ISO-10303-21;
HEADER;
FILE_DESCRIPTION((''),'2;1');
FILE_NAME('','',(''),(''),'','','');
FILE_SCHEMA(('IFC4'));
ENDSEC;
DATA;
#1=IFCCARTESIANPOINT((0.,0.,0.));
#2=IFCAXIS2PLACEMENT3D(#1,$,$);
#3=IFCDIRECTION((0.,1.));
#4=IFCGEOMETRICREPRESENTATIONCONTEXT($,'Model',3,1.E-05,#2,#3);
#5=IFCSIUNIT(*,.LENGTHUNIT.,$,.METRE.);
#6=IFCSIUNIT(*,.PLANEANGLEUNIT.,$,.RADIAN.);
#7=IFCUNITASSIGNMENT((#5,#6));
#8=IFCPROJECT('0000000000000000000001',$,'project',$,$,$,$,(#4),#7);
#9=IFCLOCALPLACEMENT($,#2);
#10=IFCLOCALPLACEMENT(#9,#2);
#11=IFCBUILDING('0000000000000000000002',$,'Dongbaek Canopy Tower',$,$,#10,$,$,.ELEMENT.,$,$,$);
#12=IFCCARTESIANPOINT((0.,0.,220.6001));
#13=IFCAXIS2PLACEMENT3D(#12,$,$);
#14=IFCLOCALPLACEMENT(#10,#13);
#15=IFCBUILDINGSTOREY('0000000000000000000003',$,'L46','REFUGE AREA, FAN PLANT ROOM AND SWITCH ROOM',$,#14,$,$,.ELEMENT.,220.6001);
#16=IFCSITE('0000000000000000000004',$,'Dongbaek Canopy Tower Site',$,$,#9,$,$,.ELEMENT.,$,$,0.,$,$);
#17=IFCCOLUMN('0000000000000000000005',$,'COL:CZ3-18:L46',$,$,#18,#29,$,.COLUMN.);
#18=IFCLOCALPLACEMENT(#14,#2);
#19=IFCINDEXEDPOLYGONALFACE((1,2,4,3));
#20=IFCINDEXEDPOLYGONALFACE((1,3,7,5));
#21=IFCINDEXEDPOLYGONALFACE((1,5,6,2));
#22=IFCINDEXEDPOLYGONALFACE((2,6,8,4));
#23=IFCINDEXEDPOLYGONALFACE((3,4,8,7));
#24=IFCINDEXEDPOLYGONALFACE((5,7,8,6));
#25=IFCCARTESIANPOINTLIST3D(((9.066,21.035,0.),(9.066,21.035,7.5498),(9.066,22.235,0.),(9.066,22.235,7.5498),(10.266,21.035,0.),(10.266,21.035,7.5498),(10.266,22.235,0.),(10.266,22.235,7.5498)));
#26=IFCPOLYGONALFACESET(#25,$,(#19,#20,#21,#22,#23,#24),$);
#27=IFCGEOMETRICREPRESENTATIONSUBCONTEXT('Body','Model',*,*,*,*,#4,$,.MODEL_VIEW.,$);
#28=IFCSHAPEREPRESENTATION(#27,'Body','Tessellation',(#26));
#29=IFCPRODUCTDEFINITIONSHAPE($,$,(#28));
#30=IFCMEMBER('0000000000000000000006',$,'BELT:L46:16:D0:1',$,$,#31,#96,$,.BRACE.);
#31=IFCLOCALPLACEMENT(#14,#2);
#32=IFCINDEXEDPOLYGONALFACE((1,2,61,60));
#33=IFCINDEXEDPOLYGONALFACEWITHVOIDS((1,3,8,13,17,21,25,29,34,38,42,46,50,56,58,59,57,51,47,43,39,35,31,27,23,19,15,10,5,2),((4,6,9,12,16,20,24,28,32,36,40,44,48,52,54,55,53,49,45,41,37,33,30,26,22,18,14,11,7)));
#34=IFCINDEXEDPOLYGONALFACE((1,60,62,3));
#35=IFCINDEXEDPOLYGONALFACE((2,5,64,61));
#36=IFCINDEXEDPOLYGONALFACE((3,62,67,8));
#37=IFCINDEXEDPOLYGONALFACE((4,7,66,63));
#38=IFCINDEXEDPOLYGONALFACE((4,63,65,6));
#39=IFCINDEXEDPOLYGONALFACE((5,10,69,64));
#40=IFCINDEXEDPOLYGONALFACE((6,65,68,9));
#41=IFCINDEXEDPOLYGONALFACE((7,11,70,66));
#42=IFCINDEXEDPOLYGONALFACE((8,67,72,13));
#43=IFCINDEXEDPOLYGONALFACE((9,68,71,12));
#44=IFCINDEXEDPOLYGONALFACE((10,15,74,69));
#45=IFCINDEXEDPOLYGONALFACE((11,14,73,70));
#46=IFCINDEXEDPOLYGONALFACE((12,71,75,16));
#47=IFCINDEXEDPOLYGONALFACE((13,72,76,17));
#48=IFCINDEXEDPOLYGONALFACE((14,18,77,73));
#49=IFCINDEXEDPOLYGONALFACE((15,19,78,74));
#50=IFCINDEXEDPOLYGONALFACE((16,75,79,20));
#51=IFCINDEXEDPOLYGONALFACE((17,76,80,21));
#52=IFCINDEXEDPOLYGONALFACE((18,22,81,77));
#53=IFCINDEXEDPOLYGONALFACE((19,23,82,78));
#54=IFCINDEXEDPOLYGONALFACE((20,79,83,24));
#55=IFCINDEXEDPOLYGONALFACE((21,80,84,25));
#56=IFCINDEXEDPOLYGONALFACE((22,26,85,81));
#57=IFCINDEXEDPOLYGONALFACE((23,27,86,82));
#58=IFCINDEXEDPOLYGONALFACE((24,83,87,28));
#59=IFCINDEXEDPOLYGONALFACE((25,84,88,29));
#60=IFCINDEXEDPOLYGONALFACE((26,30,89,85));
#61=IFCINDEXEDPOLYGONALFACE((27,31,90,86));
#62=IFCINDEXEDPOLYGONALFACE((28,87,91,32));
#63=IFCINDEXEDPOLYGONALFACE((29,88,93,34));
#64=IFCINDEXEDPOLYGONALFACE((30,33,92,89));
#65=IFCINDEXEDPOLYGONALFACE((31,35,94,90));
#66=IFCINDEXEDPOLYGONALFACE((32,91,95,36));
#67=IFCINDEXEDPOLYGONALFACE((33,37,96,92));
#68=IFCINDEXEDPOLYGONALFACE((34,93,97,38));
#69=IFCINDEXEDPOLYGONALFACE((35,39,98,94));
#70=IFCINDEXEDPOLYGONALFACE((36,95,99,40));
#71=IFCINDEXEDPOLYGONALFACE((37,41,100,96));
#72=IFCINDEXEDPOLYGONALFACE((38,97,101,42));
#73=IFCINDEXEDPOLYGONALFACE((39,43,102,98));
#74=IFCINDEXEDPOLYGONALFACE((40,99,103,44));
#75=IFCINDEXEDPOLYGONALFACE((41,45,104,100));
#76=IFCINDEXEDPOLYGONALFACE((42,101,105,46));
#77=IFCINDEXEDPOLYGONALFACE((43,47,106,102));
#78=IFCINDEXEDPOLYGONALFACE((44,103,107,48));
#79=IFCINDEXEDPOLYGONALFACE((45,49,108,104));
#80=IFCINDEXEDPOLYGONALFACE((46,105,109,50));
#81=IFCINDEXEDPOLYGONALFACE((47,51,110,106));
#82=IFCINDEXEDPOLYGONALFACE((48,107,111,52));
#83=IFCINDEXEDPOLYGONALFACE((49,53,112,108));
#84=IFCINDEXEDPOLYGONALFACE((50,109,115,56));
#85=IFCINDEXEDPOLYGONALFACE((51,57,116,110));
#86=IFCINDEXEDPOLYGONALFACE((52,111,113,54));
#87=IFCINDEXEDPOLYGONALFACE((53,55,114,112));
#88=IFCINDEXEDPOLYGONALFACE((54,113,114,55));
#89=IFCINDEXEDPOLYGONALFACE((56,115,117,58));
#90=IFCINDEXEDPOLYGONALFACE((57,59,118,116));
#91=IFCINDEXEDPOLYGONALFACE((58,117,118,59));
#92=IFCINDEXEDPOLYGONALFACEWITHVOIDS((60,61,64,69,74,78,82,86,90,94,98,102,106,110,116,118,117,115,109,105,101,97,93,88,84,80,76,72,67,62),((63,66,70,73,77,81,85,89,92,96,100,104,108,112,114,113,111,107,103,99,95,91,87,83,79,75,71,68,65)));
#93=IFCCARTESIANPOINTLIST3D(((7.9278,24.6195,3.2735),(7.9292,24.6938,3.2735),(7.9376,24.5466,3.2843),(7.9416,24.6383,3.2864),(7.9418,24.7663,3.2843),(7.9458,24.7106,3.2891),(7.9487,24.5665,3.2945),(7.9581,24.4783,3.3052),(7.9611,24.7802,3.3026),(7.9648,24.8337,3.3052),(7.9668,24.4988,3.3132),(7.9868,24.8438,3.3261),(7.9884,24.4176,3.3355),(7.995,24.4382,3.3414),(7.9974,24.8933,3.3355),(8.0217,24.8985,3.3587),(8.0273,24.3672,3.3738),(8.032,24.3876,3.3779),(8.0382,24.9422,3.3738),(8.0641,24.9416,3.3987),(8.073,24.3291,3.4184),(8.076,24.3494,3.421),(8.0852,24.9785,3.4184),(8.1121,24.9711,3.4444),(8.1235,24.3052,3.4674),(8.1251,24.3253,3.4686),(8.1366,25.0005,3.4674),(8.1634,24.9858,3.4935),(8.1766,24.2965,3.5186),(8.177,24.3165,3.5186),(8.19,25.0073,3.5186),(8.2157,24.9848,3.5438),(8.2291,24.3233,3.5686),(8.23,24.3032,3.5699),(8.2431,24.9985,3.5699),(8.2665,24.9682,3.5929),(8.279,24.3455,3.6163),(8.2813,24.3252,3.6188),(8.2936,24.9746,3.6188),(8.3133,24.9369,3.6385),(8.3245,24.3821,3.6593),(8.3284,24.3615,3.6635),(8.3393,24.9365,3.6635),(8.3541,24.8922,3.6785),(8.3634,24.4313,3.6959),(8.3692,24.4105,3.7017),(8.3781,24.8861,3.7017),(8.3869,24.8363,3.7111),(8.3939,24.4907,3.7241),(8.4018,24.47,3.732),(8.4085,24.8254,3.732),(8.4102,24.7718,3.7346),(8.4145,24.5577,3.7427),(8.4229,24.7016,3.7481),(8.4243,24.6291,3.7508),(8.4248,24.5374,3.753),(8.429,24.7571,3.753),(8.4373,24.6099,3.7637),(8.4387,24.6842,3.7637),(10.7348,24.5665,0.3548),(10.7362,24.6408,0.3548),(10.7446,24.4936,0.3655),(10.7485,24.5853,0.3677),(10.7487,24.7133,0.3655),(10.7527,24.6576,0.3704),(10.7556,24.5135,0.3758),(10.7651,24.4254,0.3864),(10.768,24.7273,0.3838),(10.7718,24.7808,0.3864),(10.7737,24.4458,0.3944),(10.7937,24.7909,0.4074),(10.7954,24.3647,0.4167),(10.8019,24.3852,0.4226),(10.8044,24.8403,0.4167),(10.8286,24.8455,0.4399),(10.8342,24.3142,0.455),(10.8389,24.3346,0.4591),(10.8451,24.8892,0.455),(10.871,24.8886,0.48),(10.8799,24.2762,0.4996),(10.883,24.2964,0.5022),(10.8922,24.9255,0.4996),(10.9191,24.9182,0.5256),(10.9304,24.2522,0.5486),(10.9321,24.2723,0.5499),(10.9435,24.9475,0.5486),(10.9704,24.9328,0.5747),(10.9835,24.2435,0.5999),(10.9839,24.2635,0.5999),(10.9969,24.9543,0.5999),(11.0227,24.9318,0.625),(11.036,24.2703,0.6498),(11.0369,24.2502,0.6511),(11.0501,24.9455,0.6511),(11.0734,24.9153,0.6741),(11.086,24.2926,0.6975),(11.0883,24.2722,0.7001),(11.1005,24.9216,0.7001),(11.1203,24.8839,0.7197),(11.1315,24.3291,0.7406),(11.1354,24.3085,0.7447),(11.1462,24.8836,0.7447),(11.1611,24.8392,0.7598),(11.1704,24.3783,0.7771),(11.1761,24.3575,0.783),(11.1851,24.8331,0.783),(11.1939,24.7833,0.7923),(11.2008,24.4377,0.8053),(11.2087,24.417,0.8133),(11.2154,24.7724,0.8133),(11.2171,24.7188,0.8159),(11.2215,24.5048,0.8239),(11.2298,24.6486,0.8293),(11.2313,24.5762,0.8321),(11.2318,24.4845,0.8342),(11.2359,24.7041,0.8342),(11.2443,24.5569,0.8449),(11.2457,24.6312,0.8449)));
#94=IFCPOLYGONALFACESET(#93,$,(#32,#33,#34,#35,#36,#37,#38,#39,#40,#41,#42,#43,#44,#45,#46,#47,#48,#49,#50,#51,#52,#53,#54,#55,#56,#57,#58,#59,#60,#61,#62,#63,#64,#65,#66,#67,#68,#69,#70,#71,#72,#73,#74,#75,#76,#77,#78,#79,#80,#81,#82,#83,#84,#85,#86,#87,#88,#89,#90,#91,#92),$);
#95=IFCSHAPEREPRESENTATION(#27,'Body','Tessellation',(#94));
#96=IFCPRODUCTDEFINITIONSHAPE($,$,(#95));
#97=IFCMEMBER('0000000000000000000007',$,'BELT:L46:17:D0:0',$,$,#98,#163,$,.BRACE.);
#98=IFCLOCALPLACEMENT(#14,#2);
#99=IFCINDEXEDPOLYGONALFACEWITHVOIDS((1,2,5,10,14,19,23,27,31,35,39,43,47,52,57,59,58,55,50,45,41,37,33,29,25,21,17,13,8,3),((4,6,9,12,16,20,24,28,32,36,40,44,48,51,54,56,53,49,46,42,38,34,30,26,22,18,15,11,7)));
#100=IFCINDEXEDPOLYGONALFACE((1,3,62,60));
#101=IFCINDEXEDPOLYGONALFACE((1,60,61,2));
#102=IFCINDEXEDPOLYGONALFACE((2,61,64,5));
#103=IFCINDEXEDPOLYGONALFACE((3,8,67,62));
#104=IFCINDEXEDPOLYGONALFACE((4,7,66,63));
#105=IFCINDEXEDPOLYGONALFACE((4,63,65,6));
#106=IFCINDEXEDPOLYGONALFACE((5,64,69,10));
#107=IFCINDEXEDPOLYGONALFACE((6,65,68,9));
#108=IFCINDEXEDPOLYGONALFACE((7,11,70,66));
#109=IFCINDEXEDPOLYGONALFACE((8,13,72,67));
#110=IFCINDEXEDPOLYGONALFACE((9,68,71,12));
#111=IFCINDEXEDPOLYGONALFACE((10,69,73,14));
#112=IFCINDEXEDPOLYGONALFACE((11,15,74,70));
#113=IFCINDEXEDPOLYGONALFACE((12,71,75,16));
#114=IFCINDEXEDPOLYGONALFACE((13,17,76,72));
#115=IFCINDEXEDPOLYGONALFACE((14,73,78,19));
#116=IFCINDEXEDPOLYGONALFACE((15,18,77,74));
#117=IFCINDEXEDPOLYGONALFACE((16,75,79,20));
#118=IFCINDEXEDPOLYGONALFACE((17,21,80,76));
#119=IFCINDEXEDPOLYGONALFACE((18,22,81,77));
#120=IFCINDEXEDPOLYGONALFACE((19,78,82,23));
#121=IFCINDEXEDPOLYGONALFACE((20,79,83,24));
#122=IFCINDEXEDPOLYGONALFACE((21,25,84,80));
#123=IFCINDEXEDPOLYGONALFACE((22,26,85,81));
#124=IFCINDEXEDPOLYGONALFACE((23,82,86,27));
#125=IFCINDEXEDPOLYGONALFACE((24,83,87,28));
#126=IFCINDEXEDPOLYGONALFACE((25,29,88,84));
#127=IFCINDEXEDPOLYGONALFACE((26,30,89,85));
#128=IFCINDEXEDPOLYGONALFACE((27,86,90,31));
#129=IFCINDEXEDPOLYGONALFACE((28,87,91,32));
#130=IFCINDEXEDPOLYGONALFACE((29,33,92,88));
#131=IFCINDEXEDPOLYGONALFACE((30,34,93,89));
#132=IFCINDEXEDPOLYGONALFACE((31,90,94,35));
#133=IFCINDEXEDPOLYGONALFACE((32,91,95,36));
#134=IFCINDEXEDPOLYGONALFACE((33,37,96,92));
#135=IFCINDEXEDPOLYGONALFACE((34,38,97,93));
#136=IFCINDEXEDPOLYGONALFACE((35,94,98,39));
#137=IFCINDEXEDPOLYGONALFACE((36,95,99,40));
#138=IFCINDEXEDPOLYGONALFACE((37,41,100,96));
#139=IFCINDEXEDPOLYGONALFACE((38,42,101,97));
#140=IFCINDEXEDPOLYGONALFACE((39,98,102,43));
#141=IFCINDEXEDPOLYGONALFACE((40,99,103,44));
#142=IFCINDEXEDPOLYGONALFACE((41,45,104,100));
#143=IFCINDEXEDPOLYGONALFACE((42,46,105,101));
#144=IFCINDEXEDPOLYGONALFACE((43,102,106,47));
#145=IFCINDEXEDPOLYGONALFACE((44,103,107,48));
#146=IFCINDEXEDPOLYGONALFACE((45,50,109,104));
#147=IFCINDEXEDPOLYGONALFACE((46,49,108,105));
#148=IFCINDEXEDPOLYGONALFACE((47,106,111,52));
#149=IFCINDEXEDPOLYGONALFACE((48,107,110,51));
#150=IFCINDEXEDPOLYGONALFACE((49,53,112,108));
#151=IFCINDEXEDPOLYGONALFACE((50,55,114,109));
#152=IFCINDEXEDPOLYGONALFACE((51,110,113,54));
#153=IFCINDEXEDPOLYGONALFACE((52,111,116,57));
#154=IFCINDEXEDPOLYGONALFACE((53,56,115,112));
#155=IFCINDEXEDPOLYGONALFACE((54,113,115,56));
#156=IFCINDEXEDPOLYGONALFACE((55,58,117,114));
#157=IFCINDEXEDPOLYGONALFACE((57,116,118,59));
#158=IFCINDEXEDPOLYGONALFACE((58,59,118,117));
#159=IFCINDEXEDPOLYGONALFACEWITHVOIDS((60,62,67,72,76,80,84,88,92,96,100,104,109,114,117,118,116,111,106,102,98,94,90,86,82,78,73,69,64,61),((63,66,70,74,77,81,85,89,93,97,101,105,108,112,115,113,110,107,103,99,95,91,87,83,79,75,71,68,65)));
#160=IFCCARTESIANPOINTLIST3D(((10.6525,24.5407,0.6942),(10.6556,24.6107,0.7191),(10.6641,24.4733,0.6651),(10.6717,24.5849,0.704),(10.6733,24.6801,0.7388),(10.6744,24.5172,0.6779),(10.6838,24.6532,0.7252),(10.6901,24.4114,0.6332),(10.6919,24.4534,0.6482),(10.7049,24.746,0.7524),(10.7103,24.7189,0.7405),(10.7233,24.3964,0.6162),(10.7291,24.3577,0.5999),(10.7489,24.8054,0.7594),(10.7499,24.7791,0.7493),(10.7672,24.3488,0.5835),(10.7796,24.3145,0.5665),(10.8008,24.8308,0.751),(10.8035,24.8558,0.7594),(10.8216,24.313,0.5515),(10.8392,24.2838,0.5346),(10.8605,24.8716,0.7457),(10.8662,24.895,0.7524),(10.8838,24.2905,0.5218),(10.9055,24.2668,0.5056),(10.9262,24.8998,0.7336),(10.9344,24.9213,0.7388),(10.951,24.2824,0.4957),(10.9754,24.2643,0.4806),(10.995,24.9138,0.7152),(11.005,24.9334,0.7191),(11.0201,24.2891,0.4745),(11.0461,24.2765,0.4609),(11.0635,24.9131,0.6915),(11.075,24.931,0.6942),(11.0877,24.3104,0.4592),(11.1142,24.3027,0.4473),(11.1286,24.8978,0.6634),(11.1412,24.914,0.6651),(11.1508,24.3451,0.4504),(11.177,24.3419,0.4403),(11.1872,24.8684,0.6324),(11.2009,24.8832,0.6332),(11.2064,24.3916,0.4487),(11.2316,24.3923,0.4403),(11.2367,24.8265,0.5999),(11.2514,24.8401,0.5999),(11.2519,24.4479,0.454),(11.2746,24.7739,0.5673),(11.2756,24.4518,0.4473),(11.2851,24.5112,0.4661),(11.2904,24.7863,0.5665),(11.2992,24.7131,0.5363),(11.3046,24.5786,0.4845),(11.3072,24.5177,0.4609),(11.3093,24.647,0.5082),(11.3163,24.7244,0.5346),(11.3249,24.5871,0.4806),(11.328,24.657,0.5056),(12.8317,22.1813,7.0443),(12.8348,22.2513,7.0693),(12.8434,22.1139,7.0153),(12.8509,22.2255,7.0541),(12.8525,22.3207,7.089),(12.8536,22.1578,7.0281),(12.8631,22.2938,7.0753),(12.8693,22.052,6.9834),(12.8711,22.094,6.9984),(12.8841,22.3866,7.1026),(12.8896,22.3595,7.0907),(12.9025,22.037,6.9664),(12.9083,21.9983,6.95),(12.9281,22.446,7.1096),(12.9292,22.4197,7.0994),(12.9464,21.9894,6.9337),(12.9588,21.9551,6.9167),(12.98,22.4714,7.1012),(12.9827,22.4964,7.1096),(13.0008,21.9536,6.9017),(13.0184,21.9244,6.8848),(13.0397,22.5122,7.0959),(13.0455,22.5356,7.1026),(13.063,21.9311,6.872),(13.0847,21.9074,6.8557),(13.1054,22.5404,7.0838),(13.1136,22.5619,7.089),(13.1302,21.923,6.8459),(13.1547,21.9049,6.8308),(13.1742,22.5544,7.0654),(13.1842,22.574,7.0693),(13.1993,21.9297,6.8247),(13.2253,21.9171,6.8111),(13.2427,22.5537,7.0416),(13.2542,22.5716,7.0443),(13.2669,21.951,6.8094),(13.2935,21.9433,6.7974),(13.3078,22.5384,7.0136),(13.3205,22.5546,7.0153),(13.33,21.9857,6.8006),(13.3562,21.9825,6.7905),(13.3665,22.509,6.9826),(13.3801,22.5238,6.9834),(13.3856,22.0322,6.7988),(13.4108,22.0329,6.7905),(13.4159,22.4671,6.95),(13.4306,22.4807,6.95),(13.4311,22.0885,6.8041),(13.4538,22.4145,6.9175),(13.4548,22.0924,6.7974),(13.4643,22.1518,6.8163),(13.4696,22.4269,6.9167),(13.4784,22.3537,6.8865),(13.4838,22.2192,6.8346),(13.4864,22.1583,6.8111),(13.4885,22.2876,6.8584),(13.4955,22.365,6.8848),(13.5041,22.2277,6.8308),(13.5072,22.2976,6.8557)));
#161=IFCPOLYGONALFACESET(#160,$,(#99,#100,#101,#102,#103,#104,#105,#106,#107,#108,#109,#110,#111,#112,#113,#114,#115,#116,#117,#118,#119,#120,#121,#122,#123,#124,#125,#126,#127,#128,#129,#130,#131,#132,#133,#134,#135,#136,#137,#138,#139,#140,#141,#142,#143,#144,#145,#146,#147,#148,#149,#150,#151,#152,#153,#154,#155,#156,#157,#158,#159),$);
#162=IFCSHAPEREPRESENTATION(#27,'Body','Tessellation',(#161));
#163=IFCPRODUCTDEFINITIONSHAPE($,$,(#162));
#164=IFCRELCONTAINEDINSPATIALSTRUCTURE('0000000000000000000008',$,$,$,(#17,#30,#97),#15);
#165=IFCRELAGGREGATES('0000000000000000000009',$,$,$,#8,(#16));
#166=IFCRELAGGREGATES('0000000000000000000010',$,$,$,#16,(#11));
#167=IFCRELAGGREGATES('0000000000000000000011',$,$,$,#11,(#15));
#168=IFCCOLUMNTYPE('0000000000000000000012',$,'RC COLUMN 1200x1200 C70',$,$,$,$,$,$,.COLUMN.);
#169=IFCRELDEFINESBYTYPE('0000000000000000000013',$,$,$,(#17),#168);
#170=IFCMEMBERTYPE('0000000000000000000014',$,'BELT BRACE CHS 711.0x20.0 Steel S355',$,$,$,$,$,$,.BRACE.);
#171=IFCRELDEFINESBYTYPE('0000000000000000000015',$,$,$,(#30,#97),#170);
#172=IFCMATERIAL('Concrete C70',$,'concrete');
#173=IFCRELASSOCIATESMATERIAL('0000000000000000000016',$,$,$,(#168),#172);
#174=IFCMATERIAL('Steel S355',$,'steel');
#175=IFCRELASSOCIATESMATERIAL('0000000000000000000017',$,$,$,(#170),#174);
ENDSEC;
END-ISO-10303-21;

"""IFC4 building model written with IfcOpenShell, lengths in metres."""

from ifc_helpers import new_model, si_unit, direction, frame, origin, origin_2d, place, context, subcontext, project, spatial, rectangle, hollow_circle, extrude, material, material_profile, profile_set, type_object, element, save


model = new_model("IFC4")

# Units and contexts
model_context = context("Model", 3, precision=1e-05, world=origin(), true_north=direction((0.0, 1.0)))
body_context = subcontext(model_context, "Body", "Model", "MODEL_VIEW")
ifc_project = project(units=[si_unit("LENGTHUNIT", "METRE"), si_unit("PLANEANGLEUNIT", "RADIAN")], contexts=[model_context])

# Site, building, storey
site_placement = place(None, origin())
site = spatial("IfcSite", under=ifc_project, at=site_placement, Name="Dongbaek Canopy Tower Site", CompositionType="ELEMENT", RefElevation=0.0)
building_placement = place(site_placement, origin())
building = spatial("IfcBuilding", under=site, at=building_placement, Name="Dongbaek Canopy Tower", CompositionType="ELEMENT")
storey_placement = place(building_placement, frame((0.0, 0.0, 220.6001)))
storey = spatial("IfcBuildingStorey", under=building, at=storey_placement, Name="L46", Description="REFUGE AREA, FAN PLANT ROOM AND SWITCH ROOM", CompositionType="ELEMENT", Elevation=220.6001)

# Column
ifc_material_1 = material(Name="Concrete C70", Category="concrete")
ifc_material_profile_1 = material_profile(ifc_material_1, rectangle(XDim=1.2, YDim=1.2, at=origin_2d()), Name="RC COLUMN 1200x1200 C70")
ifc_profile_set_1 = profile_set([ifc_material_profile_1], Name="Concrete C70")
column_type = type_object("IfcColumnType", Name="RC COLUMN 1200x1200 C70", PredefinedType="COLUMN", material=ifc_profile_set_1)
column_placement = place(storey_placement, frame((9.666, 21.635, 0.0), z_axis=(0.0, 0.0, 1.0), x_axis=(1.0, 0.0, 0.0)))
element("IfcColumn", 1, at=column_placement, inside=storey, type_object=column_type, Name="COL:CZ3-18:L46", PredefinedType="COLUMN", context=body_context, shape_type="SweptSolid", body=[
    extrude(rectangle(XDim=1.2, YDim=1.2, at=origin_2d()), origin(), (0.0, 0.0, 1.0), 7.5498),
])

# Members
ifc_material_2 = material(Name="Steel S355", Category="steel")
ifc_material_profile_2 = material_profile(ifc_material_2, hollow_circle(Radius=0.3555, WallThickness=0.02, at=origin_2d()), Name="BELT BRACE CHS 711.0x20.0 Steel S355")
ifc_profile_set_2 = profile_set([ifc_material_profile_2], Name="Steel S355")
member_type_1 = type_object("IfcMemberType", Name="BELT BRACE CHS 711.0x20.0 Steel S355", PredefinedType="BRACE", material=ifc_profile_set_2)
member_1_placement = place(storey_placement, frame((10.9902, 24.5989, 0.5999), z_axis=(-0.693106, 0.013082, 0.720717), x_axis=(-0.018871, -0.999822, 0.0)))
element("IfcMember", 2, at=member_1_placement, inside=storey, type_object=member_type_1, Name="BELT:L46:16:D0:1", PredefinedType="BRACE", context=body_context, shape_type="SweptSolid", body=[
    extrude(hollow_circle(Radius=0.3555, WallThickness=0.02, at=origin_2d()), origin(), (0.0, 0.0, 1.0), 4.0498),
])
member_2_placement = place(storey_placement, frame((10.9902, 24.5989, 0.5999), z_axis=(0.306234, -0.331553, 0.892353), x_axis=(0.734599, 0.678501, 0.0)))
element("IfcMember", 3, at=member_2_placement, inside=storey, type_object=member_type_1, Name="BELT:L46:17:D0:0", PredefinedType="BRACE", context=body_context, shape_type="SweptSolid", body=[
    extrude(hollow_circle(Radius=0.3555, WallThickness=0.02, at=origin_2d()), origin(), (0.0, 0.0, 1.0), 7.1162),
])

save(model, "model.ifc")
